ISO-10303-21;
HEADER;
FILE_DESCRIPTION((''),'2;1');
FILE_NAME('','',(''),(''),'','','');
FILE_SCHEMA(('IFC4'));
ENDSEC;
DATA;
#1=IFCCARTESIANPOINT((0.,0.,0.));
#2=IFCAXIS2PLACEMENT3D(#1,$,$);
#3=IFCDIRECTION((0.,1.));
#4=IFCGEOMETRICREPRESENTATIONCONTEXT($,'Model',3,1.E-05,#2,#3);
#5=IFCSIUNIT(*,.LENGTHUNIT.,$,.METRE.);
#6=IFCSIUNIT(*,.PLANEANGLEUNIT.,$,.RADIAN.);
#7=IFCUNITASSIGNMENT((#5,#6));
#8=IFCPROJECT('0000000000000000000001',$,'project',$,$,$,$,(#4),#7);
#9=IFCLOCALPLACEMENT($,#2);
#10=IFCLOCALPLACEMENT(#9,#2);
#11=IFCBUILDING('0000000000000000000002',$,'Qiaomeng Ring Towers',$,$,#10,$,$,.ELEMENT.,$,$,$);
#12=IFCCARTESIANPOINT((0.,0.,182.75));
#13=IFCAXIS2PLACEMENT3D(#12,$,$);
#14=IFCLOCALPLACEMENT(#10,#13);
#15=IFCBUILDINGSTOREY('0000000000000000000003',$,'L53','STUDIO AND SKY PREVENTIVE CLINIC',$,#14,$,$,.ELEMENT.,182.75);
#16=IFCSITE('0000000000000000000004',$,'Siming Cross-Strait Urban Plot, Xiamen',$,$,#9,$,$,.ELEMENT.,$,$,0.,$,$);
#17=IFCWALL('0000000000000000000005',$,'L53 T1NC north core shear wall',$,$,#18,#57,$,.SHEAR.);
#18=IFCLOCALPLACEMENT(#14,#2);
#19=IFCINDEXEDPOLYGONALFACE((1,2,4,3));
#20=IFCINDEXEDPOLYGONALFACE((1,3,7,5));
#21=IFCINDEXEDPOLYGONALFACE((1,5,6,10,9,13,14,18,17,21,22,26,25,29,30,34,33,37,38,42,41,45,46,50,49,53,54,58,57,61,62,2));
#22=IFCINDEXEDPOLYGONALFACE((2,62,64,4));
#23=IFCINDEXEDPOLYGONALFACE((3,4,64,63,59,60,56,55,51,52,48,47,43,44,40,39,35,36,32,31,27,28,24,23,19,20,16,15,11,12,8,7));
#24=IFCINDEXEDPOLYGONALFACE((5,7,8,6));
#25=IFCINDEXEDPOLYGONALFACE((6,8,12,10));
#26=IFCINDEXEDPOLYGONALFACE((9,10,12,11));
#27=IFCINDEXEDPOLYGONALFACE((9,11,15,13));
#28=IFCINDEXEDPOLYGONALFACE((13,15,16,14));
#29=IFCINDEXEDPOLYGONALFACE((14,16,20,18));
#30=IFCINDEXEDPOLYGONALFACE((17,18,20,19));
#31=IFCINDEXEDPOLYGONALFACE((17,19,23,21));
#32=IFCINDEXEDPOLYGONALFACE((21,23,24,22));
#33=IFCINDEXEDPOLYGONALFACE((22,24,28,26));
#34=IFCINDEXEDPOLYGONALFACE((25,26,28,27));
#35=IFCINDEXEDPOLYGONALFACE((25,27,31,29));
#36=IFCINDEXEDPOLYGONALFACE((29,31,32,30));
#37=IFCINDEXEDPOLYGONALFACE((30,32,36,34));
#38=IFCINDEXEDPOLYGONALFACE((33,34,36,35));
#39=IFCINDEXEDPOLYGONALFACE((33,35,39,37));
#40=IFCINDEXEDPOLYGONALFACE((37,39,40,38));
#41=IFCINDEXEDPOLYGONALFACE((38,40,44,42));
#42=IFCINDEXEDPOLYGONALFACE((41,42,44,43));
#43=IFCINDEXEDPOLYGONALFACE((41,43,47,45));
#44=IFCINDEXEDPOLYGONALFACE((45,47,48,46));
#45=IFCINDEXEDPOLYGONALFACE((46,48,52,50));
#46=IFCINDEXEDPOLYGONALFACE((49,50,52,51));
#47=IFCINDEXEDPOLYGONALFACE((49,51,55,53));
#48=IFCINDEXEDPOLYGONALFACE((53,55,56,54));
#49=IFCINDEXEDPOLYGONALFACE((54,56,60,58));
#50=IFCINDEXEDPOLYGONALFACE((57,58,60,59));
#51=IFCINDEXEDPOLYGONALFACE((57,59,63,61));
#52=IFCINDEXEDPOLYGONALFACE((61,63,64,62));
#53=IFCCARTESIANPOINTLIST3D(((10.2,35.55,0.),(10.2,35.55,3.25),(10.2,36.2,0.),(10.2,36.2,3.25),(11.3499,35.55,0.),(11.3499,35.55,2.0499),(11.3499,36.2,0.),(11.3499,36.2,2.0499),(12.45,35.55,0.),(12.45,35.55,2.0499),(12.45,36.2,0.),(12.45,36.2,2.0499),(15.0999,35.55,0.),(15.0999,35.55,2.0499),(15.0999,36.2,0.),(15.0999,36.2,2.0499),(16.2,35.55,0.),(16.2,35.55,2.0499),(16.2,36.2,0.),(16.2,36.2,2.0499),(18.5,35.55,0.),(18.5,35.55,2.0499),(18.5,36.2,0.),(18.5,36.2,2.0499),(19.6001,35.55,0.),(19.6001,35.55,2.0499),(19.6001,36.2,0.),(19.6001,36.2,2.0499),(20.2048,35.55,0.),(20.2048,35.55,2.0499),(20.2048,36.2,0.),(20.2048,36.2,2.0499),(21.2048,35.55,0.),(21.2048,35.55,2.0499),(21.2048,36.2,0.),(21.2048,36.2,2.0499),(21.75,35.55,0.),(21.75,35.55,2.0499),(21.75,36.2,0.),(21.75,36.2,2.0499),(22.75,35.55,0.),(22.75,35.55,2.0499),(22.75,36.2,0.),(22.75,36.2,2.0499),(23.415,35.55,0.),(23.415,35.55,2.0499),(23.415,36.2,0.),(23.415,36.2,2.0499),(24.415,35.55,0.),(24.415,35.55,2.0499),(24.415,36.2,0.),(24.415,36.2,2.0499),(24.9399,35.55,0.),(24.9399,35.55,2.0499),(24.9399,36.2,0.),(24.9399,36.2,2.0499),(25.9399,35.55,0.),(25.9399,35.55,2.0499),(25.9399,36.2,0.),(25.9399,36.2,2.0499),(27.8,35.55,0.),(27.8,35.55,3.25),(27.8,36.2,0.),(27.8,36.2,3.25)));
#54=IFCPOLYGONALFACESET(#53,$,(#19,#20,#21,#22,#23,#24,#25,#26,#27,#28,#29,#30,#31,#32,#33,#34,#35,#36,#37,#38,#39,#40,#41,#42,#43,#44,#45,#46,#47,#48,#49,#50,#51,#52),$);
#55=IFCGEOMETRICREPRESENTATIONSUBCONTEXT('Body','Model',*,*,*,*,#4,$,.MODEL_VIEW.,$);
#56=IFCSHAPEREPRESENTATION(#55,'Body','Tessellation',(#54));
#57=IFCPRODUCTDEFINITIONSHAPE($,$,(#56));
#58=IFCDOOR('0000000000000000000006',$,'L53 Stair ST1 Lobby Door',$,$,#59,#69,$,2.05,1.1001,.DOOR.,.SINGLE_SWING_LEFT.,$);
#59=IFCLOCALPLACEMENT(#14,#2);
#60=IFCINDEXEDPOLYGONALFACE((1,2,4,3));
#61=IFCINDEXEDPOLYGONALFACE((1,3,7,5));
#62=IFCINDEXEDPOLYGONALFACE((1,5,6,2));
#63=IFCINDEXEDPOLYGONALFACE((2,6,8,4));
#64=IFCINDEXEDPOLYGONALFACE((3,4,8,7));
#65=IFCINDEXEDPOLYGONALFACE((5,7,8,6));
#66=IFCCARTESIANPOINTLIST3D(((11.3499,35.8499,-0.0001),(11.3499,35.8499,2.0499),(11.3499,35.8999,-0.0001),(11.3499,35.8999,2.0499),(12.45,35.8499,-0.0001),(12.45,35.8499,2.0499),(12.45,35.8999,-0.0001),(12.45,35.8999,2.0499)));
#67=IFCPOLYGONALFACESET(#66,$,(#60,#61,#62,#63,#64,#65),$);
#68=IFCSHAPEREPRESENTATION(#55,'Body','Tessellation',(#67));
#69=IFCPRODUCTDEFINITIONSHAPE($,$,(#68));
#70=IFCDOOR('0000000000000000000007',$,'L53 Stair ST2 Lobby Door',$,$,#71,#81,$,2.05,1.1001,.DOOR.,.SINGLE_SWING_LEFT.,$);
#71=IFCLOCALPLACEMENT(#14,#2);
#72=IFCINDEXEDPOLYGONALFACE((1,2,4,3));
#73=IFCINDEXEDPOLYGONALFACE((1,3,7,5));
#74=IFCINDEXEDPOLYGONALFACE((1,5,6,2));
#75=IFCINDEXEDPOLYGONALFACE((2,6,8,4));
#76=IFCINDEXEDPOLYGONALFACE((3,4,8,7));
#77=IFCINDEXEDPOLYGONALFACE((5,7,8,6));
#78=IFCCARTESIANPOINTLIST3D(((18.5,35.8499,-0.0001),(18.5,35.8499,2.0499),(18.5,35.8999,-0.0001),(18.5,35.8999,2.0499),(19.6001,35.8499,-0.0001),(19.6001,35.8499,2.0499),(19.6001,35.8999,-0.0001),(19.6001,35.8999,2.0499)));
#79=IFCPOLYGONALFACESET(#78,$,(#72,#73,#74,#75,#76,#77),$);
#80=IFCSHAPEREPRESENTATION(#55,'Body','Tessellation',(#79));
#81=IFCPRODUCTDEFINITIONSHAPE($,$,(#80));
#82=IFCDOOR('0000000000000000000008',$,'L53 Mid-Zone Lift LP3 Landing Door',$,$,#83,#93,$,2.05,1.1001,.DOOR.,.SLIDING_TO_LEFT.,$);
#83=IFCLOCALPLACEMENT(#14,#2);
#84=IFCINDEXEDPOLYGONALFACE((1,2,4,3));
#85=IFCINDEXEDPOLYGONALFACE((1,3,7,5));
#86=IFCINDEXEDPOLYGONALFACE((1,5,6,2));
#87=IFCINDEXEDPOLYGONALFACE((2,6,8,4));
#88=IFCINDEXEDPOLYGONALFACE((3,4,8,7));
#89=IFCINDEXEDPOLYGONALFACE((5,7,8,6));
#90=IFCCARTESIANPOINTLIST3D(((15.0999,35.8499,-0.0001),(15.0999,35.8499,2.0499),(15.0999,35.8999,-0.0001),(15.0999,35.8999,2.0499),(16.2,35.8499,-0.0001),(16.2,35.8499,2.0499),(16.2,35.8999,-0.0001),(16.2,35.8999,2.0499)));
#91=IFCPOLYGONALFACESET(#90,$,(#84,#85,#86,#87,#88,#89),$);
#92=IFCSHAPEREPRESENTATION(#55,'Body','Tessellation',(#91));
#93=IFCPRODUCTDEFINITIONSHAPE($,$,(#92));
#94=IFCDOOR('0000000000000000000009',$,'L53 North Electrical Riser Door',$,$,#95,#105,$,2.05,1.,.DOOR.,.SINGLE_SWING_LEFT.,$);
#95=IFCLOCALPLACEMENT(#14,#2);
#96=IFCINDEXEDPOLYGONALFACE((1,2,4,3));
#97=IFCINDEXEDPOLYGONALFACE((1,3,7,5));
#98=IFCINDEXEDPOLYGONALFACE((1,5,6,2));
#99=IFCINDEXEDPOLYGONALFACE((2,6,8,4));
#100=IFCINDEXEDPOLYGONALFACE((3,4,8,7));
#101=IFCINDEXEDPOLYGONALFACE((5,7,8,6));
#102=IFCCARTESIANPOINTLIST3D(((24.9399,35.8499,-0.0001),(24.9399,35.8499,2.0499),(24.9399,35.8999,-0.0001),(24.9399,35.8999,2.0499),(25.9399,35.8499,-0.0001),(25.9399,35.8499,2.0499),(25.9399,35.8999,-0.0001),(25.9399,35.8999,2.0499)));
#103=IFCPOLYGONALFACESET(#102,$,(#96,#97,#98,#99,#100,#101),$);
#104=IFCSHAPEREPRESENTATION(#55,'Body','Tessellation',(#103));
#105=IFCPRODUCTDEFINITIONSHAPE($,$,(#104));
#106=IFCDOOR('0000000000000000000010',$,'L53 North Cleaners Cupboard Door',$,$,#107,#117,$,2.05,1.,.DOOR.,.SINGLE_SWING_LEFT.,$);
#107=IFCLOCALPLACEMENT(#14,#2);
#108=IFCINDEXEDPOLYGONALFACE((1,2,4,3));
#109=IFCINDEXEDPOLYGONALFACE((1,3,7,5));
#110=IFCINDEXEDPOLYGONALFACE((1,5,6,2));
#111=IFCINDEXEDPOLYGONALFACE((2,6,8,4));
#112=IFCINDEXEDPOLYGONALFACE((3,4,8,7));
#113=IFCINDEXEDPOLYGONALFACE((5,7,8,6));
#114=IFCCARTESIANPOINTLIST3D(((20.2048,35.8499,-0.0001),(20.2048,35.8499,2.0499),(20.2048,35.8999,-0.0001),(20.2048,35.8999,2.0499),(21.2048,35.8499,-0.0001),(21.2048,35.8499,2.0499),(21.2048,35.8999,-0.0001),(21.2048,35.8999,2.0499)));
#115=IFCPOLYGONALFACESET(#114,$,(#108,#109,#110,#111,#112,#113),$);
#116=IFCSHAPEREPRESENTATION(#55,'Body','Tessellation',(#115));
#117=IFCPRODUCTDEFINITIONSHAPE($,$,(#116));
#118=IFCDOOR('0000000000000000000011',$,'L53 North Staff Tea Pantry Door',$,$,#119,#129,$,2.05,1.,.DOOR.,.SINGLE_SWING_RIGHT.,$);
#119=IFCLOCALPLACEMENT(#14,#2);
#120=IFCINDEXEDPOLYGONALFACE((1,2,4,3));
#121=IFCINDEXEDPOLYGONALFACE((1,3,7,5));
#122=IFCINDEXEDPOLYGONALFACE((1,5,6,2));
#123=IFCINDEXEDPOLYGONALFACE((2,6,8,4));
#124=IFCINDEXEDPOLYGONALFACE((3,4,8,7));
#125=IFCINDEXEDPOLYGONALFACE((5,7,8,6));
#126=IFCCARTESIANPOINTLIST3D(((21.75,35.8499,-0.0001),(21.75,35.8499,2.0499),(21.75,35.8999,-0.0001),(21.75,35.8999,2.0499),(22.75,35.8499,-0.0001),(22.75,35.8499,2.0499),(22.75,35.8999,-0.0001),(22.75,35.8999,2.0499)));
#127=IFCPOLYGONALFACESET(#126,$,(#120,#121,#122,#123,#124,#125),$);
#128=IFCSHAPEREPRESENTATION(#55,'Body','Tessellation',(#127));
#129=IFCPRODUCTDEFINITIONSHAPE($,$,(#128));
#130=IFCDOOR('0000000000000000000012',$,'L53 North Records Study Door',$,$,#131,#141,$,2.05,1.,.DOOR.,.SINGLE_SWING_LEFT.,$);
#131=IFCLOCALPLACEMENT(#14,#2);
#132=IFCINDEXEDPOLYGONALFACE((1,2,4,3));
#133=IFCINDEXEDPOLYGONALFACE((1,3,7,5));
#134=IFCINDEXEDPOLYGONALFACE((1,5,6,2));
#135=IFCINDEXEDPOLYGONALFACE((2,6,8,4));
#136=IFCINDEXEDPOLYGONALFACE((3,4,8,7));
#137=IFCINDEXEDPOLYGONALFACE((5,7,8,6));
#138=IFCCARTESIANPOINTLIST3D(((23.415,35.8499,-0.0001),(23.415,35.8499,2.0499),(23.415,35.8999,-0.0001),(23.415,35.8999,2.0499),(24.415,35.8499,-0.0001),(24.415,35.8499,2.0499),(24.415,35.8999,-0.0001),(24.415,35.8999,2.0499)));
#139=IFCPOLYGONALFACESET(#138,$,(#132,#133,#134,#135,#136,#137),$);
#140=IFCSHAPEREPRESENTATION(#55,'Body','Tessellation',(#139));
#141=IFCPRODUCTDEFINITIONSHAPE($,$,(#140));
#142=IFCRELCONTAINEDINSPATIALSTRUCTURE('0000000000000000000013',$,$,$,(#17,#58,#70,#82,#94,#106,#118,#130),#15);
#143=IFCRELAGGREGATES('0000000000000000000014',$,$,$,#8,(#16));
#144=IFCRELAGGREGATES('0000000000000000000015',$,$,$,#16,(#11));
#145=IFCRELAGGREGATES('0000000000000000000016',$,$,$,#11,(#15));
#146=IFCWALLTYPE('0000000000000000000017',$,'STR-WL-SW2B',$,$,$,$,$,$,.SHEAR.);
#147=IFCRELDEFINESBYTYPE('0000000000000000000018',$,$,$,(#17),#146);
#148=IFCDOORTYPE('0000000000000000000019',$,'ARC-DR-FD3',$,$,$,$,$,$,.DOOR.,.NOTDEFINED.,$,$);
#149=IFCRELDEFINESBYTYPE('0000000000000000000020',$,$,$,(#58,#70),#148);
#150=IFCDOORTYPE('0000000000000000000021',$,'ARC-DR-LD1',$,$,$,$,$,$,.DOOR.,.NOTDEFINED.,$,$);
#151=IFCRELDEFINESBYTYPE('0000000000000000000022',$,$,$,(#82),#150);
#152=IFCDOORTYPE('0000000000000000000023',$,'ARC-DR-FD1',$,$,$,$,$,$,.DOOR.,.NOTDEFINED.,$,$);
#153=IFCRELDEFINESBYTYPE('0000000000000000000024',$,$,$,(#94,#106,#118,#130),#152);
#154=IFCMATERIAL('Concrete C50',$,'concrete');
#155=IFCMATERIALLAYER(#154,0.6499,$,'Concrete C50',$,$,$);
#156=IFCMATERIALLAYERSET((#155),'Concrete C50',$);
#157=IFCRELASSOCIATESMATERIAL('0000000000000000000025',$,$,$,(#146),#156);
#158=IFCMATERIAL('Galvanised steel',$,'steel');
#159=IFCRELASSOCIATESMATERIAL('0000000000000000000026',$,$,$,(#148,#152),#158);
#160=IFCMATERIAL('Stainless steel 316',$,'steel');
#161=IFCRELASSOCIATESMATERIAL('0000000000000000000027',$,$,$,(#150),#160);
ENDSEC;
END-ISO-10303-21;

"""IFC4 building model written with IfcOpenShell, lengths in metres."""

from ifc_helpers import new_model, si_unit, direction, frame, frame_2d, origin, place, context, subcontext, project, spatial, rectangle, extrude, source, transform, mapped, material, layer, layer_set, type_object, element, fill, save


model = new_model("IFC4")

# Units and contexts
model_context = context("Model", 3, precision=1e-05, world=origin(), true_north=direction((0.0, 1.0)))
body_context = subcontext(model_context, "Body", "Model", "MODEL_VIEW")
ifc_project = project(units=[si_unit("LENGTHUNIT", "METRE"), si_unit("PLANEANGLEUNIT", "RADIAN")], contexts=[model_context])

# Site, building, storey
site_placement = place(None, origin())
site = spatial("IfcSite", under=ifc_project, at=site_placement, Name="Siming Cross-Strait Urban Plot, Xiamen", CompositionType="ELEMENT", RefElevation=0.0)
building_placement = place(site_placement, origin())
building = spatial("IfcBuilding", under=site, at=building_placement, Name="Qiaomeng Ring Towers", CompositionType="ELEMENT")
storey_placement = place(building_placement, frame((0.0, 0.0, 182.75)))
storey = spatial("IfcBuildingStorey", under=building, at=storey_placement, Name="L53", Description="STUDIO AND SKY PREVENTIVE CLINIC", CompositionType="ELEMENT", Elevation=182.75)

# Shared definitions
shared_shape_1 = source(origin(), body_context, "Body", "SweptSolid", [
    extrude(rectangle(XDim=1.0, YDim=2.05, at=frame_2d((0.5, 1.0249))), frame((0.0, 0.0249, 0.0), z_axis=(0.0, -1.0, 0.0), x_axis=(1.0, 0.0, 0.0)), (0.0, 0.0, 1.0), 0.05),
])

# Wall, openings, doors
ifc_material_1 = material(Name="Concrete C50", Category="concrete")
ifc_layer_1 = layer(ifc_material_1, 0.6499, Name="Concrete C50")
ifc_layer_set_1 = layer_set([ifc_layer_1], Name="Concrete C50")
wall_type_1 = type_object("IfcWallType", Name="STR-WL-SW2B", PredefinedType="SHEAR", material=ifc_layer_set_1)
wall_1_placement = place(storey_placement, frame((10.2, 35.875, 0.0), z_axis=(0.0, 0.0, 1.0), x_axis=(1.0, 0.0, 0.0)))
wall_1 = element("IfcWall", 1, at=wall_1_placement, inside=storey, type_object=wall_type_1, Name="L53 T1NC north core shear wall", PredefinedType="SHEAR", context=body_context, shape_type="SweptSolid", body=[
    extrude(rectangle(XDim=17.6001, YDim=0.6499, at=frame_2d((8.8, 0.0))), origin(), (0.0, 0.0, 1.0), 3.25),
])
opening_1_placement = place(wall_1_placement, frame((1.1499, 0.0, 0.0)))
opening_1 = element("IfcOpeningElement", 2, at=opening_1_placement, cuts=wall_1, PredefinedType="OPENING", context=body_context, shape_type="SweptSolid", body=[
    extrude(rectangle(XDim=1.1001, YDim=2.05, at=frame_2d((0.55, 1.0249))), frame((0.0, 0.335, 0.0), z_axis=(0.0, -1.0, 0.0), x_axis=(1.0, 0.0, 0.0)), (0.0, 0.0, 1.0), 0.6699),
])
opening_2_placement = place(wall_1_placement, frame((8.3, 0.0, 0.0)))
opening_2 = element("IfcOpeningElement", 3, at=opening_2_placement, cuts=wall_1, PredefinedType="OPENING", context=body_context, shape_type="SweptSolid", body=[
    extrude(rectangle(XDim=1.1001, YDim=2.05, at=frame_2d((0.55, 1.0249))), frame((0.0, 0.335, 0.0), z_axis=(0.0, -1.0, 0.0), x_axis=(1.0, 0.0, 0.0)), (0.0, 0.0, 1.0), 0.6699),
])
opening_3_placement = place(wall_1_placement, frame((4.8999, 0.0, 0.0)))
opening_3 = element("IfcOpeningElement", 4, at=opening_3_placement, cuts=wall_1, PredefinedType="OPENING", context=body_context, shape_type="SweptSolid", body=[
    extrude(rectangle(XDim=1.1001, YDim=2.05, at=frame_2d((0.55, 1.0249))), frame((0.0, 0.335, 0.0), z_axis=(0.0, -1.0, 0.0), x_axis=(1.0, 0.0, 0.0)), (0.0, 0.0, 1.0), 0.6699),
])
opening_4_placement = place(wall_1_placement, frame((14.74, 0.0, 0.0)))
opening_4 = element("IfcOpeningElement", 5, at=opening_4_placement, cuts=wall_1, PredefinedType="OPENING", context=body_context, shape_type="SweptSolid", body=[
    extrude(rectangle(XDim=1.0, YDim=2.05, at=frame_2d((0.5, 1.0249))), frame((0.0, 0.335, 0.0), z_axis=(0.0, -1.0, 0.0), x_axis=(1.0, 0.0, 0.0)), (0.0, 0.0, 1.0), 0.6699),
])
opening_5_placement = place(wall_1_placement, frame((10.0049, 0.0, 0.0)))
opening_5 = element("IfcOpeningElement", 6, at=opening_5_placement, cuts=wall_1, PredefinedType="OPENING", context=body_context, shape_type="SweptSolid", body=[
    extrude(rectangle(XDim=1.0, YDim=2.05, at=frame_2d((0.5, 1.0249))), frame((0.0, 0.335, 0.0), z_axis=(0.0, -1.0, 0.0), x_axis=(1.0, 0.0, 0.0)), (0.0, 0.0, 1.0), 0.6699),
])
opening_6_placement = place(wall_1_placement, frame((11.55, 0.0, 0.0)))
opening_6 = element("IfcOpeningElement", 7, at=opening_6_placement, cuts=wall_1, PredefinedType="OPENING", context=body_context, shape_type="SweptSolid", body=[
    extrude(rectangle(XDim=1.0, YDim=2.05, at=frame_2d((0.5, 1.0249))), frame((0.0, 0.335, 0.0), z_axis=(0.0, -1.0, 0.0), x_axis=(1.0, 0.0, 0.0)), (0.0, 0.0, 1.0), 0.6699),
])
opening_7_placement = place(wall_1_placement, frame((13.2151, 0.0, 0.0)))
opening_7 = element("IfcOpeningElement", 8, at=opening_7_placement, cuts=wall_1, PredefinedType="OPENING", context=body_context, shape_type="SweptSolid", body=[
    extrude(rectangle(XDim=1.0, YDim=2.05, at=frame_2d((0.5, 1.0249))), frame((0.0, 0.335, 0.0), z_axis=(0.0, -1.0, 0.0), x_axis=(1.0, 0.0, 0.0)), (0.0, 0.0, 1.0), 0.6699),
])
ifc_material_2 = material(Name="Galvanised steel", Category="steel")
door_type_1 = type_object("IfcDoorType", Name="ARC-DR-FD3", OperationType="NOTDEFINED", PredefinedType="DOOR", material=ifc_material_2)
shared_shape_2 = source(origin(), body_context, "Body", "SweptSolid", [
    extrude(rectangle(XDim=1.1001, YDim=2.05, at=frame_2d((0.55, 1.0249))), frame((0.0, 0.0249, 0.0), z_axis=(0.0, -1.0, 0.0), x_axis=(1.0, 0.0, 0.0)), (0.0, 0.0, 1.0), 0.05),
])
door_1_placement = place(opening_1_placement, origin())
door_1 = element("IfcDoor", 9, at=door_1_placement, inside=storey, type_object=door_type_1, Name="L53 Stair ST1 Lobby Door", OperationType="SINGLE_SWING_LEFT", OverallHeight=2.05, OverallWidth=1.1001, PredefinedType="DOOR", context=body_context, shape_type="MappedRepresentation", body=[
    mapped(shared_shape_2, transform((0.0, 0.0, 0.0), x_axis=(1.0, 0.0, 0.0), y_axis=(0.0, 1.0, 0.0), z_axis=(0.0, 0.0, 1.0), scale=1.0)),
])
fill(opening_1, door_1)
door_2_placement = place(opening_2_placement, origin())
door_2 = element("IfcDoor", 10, at=door_2_placement, inside=storey, type_object=door_type_1, Name="L53 Stair ST2 Lobby Door", OperationType="SINGLE_SWING_LEFT", OverallHeight=2.05, OverallWidth=1.1001, PredefinedType="DOOR", context=body_context, shape_type="MappedRepresentation", body=[
    mapped(shared_shape_2, transform((0.0, 0.0, 0.0), x_axis=(1.0, 0.0, 0.0), y_axis=(0.0, 1.0, 0.0), z_axis=(0.0, 0.0, 1.0), scale=1.0)),
])
fill(opening_2, door_2)
ifc_material_3 = material(Name="Stainless steel 316", Category="steel")
door_type_2 = type_object("IfcDoorType", Name="ARC-DR-LD1", OperationType="NOTDEFINED", PredefinedType="DOOR", material=ifc_material_3)
door_3_placement = place(opening_3_placement, origin())
door_3 = element("IfcDoor", 11, at=door_3_placement, inside=storey, type_object=door_type_2, Name="L53 Mid-Zone Lift LP3 Landing Door", OperationType="SLIDING_TO_LEFT", OverallHeight=2.05, OverallWidth=1.1001, PredefinedType="DOOR", context=body_context, shape_type="MappedRepresentation", body=[
    mapped(shared_shape_2, transform((0.0, 0.0, 0.0), x_axis=(1.0, 0.0, 0.0), y_axis=(0.0, 1.0, 0.0), z_axis=(0.0, 0.0, 1.0), scale=1.0)),
])
fill(opening_3, door_3)
door_type_3 = type_object("IfcDoorType", Name="ARC-DR-FD1", OperationType="NOTDEFINED", PredefinedType="DOOR", material=ifc_material_2)
door_4_placement = place(opening_4_placement, origin())
door_4 = element("IfcDoor", 12, at=door_4_placement, inside=storey, type_object=door_type_3, Name="L53 North Electrical Riser Door", OperationType="SINGLE_SWING_LEFT", OverallHeight=2.05, OverallWidth=1.0, PredefinedType="DOOR", context=body_context, shape_type="MappedRepresentation", body=[
    mapped(shared_shape_1, transform((0.0, 0.0, 0.0), x_axis=(1.0, 0.0, 0.0), y_axis=(0.0, 1.0, 0.0), z_axis=(0.0, 0.0, 1.0), scale=1.0)),
])
fill(opening_4, door_4)
door_5_placement = place(opening_5_placement, origin())
door_5 = element("IfcDoor", 13, at=door_5_placement, inside=storey, type_object=door_type_3, Name="L53 North Cleaners Cupboard Door", OperationType="SINGLE_SWING_LEFT", OverallHeight=2.05, OverallWidth=1.0, PredefinedType="DOOR", context=body_context, shape_type="MappedRepresentation", body=[
    mapped(shared_shape_1, transform((0.0, 0.0, 0.0), x_axis=(1.0, 0.0, 0.0), y_axis=(0.0, 1.0, 0.0), z_axis=(0.0, 0.0, 1.0), scale=1.0)),
])
fill(opening_5, door_5)
door_6_placement = place(opening_6_placement, origin())
door_6 = element("IfcDoor", 14, at=door_6_placement, inside=storey, type_object=door_type_3, Name="L53 North Staff Tea Pantry Door", OperationType="SINGLE_SWING_RIGHT", OverallHeight=2.05, OverallWidth=1.0, PredefinedType="DOOR", context=body_context, shape_type="MappedRepresentation", body=[
    mapped(shared_shape_1, transform((0.0, 0.0, 0.0), x_axis=(1.0, 0.0, 0.0), y_axis=(0.0, 1.0, 0.0), z_axis=(0.0, 0.0, 1.0), scale=1.0)),
])
fill(opening_6, door_6)
door_7_placement = place(opening_7_placement, origin())
door_7 = element("IfcDoor", 15, at=door_7_placement, inside=storey, type_object=door_type_3, Name="L53 North Records Study Door", OperationType="SINGLE_SWING_LEFT", OverallHeight=2.05, OverallWidth=1.0, PredefinedType="DOOR", context=body_context, shape_type="MappedRepresentation", body=[
    mapped(shared_shape_1, transform((0.0, 0.0, 0.0), x_axis=(1.0, 0.0, 0.0), y_axis=(0.0, 1.0, 0.0), z_axis=(0.0, 0.0, 1.0), scale=1.0)),
])
fill(opening_7, door_7)

save(model, "model.ifc")
